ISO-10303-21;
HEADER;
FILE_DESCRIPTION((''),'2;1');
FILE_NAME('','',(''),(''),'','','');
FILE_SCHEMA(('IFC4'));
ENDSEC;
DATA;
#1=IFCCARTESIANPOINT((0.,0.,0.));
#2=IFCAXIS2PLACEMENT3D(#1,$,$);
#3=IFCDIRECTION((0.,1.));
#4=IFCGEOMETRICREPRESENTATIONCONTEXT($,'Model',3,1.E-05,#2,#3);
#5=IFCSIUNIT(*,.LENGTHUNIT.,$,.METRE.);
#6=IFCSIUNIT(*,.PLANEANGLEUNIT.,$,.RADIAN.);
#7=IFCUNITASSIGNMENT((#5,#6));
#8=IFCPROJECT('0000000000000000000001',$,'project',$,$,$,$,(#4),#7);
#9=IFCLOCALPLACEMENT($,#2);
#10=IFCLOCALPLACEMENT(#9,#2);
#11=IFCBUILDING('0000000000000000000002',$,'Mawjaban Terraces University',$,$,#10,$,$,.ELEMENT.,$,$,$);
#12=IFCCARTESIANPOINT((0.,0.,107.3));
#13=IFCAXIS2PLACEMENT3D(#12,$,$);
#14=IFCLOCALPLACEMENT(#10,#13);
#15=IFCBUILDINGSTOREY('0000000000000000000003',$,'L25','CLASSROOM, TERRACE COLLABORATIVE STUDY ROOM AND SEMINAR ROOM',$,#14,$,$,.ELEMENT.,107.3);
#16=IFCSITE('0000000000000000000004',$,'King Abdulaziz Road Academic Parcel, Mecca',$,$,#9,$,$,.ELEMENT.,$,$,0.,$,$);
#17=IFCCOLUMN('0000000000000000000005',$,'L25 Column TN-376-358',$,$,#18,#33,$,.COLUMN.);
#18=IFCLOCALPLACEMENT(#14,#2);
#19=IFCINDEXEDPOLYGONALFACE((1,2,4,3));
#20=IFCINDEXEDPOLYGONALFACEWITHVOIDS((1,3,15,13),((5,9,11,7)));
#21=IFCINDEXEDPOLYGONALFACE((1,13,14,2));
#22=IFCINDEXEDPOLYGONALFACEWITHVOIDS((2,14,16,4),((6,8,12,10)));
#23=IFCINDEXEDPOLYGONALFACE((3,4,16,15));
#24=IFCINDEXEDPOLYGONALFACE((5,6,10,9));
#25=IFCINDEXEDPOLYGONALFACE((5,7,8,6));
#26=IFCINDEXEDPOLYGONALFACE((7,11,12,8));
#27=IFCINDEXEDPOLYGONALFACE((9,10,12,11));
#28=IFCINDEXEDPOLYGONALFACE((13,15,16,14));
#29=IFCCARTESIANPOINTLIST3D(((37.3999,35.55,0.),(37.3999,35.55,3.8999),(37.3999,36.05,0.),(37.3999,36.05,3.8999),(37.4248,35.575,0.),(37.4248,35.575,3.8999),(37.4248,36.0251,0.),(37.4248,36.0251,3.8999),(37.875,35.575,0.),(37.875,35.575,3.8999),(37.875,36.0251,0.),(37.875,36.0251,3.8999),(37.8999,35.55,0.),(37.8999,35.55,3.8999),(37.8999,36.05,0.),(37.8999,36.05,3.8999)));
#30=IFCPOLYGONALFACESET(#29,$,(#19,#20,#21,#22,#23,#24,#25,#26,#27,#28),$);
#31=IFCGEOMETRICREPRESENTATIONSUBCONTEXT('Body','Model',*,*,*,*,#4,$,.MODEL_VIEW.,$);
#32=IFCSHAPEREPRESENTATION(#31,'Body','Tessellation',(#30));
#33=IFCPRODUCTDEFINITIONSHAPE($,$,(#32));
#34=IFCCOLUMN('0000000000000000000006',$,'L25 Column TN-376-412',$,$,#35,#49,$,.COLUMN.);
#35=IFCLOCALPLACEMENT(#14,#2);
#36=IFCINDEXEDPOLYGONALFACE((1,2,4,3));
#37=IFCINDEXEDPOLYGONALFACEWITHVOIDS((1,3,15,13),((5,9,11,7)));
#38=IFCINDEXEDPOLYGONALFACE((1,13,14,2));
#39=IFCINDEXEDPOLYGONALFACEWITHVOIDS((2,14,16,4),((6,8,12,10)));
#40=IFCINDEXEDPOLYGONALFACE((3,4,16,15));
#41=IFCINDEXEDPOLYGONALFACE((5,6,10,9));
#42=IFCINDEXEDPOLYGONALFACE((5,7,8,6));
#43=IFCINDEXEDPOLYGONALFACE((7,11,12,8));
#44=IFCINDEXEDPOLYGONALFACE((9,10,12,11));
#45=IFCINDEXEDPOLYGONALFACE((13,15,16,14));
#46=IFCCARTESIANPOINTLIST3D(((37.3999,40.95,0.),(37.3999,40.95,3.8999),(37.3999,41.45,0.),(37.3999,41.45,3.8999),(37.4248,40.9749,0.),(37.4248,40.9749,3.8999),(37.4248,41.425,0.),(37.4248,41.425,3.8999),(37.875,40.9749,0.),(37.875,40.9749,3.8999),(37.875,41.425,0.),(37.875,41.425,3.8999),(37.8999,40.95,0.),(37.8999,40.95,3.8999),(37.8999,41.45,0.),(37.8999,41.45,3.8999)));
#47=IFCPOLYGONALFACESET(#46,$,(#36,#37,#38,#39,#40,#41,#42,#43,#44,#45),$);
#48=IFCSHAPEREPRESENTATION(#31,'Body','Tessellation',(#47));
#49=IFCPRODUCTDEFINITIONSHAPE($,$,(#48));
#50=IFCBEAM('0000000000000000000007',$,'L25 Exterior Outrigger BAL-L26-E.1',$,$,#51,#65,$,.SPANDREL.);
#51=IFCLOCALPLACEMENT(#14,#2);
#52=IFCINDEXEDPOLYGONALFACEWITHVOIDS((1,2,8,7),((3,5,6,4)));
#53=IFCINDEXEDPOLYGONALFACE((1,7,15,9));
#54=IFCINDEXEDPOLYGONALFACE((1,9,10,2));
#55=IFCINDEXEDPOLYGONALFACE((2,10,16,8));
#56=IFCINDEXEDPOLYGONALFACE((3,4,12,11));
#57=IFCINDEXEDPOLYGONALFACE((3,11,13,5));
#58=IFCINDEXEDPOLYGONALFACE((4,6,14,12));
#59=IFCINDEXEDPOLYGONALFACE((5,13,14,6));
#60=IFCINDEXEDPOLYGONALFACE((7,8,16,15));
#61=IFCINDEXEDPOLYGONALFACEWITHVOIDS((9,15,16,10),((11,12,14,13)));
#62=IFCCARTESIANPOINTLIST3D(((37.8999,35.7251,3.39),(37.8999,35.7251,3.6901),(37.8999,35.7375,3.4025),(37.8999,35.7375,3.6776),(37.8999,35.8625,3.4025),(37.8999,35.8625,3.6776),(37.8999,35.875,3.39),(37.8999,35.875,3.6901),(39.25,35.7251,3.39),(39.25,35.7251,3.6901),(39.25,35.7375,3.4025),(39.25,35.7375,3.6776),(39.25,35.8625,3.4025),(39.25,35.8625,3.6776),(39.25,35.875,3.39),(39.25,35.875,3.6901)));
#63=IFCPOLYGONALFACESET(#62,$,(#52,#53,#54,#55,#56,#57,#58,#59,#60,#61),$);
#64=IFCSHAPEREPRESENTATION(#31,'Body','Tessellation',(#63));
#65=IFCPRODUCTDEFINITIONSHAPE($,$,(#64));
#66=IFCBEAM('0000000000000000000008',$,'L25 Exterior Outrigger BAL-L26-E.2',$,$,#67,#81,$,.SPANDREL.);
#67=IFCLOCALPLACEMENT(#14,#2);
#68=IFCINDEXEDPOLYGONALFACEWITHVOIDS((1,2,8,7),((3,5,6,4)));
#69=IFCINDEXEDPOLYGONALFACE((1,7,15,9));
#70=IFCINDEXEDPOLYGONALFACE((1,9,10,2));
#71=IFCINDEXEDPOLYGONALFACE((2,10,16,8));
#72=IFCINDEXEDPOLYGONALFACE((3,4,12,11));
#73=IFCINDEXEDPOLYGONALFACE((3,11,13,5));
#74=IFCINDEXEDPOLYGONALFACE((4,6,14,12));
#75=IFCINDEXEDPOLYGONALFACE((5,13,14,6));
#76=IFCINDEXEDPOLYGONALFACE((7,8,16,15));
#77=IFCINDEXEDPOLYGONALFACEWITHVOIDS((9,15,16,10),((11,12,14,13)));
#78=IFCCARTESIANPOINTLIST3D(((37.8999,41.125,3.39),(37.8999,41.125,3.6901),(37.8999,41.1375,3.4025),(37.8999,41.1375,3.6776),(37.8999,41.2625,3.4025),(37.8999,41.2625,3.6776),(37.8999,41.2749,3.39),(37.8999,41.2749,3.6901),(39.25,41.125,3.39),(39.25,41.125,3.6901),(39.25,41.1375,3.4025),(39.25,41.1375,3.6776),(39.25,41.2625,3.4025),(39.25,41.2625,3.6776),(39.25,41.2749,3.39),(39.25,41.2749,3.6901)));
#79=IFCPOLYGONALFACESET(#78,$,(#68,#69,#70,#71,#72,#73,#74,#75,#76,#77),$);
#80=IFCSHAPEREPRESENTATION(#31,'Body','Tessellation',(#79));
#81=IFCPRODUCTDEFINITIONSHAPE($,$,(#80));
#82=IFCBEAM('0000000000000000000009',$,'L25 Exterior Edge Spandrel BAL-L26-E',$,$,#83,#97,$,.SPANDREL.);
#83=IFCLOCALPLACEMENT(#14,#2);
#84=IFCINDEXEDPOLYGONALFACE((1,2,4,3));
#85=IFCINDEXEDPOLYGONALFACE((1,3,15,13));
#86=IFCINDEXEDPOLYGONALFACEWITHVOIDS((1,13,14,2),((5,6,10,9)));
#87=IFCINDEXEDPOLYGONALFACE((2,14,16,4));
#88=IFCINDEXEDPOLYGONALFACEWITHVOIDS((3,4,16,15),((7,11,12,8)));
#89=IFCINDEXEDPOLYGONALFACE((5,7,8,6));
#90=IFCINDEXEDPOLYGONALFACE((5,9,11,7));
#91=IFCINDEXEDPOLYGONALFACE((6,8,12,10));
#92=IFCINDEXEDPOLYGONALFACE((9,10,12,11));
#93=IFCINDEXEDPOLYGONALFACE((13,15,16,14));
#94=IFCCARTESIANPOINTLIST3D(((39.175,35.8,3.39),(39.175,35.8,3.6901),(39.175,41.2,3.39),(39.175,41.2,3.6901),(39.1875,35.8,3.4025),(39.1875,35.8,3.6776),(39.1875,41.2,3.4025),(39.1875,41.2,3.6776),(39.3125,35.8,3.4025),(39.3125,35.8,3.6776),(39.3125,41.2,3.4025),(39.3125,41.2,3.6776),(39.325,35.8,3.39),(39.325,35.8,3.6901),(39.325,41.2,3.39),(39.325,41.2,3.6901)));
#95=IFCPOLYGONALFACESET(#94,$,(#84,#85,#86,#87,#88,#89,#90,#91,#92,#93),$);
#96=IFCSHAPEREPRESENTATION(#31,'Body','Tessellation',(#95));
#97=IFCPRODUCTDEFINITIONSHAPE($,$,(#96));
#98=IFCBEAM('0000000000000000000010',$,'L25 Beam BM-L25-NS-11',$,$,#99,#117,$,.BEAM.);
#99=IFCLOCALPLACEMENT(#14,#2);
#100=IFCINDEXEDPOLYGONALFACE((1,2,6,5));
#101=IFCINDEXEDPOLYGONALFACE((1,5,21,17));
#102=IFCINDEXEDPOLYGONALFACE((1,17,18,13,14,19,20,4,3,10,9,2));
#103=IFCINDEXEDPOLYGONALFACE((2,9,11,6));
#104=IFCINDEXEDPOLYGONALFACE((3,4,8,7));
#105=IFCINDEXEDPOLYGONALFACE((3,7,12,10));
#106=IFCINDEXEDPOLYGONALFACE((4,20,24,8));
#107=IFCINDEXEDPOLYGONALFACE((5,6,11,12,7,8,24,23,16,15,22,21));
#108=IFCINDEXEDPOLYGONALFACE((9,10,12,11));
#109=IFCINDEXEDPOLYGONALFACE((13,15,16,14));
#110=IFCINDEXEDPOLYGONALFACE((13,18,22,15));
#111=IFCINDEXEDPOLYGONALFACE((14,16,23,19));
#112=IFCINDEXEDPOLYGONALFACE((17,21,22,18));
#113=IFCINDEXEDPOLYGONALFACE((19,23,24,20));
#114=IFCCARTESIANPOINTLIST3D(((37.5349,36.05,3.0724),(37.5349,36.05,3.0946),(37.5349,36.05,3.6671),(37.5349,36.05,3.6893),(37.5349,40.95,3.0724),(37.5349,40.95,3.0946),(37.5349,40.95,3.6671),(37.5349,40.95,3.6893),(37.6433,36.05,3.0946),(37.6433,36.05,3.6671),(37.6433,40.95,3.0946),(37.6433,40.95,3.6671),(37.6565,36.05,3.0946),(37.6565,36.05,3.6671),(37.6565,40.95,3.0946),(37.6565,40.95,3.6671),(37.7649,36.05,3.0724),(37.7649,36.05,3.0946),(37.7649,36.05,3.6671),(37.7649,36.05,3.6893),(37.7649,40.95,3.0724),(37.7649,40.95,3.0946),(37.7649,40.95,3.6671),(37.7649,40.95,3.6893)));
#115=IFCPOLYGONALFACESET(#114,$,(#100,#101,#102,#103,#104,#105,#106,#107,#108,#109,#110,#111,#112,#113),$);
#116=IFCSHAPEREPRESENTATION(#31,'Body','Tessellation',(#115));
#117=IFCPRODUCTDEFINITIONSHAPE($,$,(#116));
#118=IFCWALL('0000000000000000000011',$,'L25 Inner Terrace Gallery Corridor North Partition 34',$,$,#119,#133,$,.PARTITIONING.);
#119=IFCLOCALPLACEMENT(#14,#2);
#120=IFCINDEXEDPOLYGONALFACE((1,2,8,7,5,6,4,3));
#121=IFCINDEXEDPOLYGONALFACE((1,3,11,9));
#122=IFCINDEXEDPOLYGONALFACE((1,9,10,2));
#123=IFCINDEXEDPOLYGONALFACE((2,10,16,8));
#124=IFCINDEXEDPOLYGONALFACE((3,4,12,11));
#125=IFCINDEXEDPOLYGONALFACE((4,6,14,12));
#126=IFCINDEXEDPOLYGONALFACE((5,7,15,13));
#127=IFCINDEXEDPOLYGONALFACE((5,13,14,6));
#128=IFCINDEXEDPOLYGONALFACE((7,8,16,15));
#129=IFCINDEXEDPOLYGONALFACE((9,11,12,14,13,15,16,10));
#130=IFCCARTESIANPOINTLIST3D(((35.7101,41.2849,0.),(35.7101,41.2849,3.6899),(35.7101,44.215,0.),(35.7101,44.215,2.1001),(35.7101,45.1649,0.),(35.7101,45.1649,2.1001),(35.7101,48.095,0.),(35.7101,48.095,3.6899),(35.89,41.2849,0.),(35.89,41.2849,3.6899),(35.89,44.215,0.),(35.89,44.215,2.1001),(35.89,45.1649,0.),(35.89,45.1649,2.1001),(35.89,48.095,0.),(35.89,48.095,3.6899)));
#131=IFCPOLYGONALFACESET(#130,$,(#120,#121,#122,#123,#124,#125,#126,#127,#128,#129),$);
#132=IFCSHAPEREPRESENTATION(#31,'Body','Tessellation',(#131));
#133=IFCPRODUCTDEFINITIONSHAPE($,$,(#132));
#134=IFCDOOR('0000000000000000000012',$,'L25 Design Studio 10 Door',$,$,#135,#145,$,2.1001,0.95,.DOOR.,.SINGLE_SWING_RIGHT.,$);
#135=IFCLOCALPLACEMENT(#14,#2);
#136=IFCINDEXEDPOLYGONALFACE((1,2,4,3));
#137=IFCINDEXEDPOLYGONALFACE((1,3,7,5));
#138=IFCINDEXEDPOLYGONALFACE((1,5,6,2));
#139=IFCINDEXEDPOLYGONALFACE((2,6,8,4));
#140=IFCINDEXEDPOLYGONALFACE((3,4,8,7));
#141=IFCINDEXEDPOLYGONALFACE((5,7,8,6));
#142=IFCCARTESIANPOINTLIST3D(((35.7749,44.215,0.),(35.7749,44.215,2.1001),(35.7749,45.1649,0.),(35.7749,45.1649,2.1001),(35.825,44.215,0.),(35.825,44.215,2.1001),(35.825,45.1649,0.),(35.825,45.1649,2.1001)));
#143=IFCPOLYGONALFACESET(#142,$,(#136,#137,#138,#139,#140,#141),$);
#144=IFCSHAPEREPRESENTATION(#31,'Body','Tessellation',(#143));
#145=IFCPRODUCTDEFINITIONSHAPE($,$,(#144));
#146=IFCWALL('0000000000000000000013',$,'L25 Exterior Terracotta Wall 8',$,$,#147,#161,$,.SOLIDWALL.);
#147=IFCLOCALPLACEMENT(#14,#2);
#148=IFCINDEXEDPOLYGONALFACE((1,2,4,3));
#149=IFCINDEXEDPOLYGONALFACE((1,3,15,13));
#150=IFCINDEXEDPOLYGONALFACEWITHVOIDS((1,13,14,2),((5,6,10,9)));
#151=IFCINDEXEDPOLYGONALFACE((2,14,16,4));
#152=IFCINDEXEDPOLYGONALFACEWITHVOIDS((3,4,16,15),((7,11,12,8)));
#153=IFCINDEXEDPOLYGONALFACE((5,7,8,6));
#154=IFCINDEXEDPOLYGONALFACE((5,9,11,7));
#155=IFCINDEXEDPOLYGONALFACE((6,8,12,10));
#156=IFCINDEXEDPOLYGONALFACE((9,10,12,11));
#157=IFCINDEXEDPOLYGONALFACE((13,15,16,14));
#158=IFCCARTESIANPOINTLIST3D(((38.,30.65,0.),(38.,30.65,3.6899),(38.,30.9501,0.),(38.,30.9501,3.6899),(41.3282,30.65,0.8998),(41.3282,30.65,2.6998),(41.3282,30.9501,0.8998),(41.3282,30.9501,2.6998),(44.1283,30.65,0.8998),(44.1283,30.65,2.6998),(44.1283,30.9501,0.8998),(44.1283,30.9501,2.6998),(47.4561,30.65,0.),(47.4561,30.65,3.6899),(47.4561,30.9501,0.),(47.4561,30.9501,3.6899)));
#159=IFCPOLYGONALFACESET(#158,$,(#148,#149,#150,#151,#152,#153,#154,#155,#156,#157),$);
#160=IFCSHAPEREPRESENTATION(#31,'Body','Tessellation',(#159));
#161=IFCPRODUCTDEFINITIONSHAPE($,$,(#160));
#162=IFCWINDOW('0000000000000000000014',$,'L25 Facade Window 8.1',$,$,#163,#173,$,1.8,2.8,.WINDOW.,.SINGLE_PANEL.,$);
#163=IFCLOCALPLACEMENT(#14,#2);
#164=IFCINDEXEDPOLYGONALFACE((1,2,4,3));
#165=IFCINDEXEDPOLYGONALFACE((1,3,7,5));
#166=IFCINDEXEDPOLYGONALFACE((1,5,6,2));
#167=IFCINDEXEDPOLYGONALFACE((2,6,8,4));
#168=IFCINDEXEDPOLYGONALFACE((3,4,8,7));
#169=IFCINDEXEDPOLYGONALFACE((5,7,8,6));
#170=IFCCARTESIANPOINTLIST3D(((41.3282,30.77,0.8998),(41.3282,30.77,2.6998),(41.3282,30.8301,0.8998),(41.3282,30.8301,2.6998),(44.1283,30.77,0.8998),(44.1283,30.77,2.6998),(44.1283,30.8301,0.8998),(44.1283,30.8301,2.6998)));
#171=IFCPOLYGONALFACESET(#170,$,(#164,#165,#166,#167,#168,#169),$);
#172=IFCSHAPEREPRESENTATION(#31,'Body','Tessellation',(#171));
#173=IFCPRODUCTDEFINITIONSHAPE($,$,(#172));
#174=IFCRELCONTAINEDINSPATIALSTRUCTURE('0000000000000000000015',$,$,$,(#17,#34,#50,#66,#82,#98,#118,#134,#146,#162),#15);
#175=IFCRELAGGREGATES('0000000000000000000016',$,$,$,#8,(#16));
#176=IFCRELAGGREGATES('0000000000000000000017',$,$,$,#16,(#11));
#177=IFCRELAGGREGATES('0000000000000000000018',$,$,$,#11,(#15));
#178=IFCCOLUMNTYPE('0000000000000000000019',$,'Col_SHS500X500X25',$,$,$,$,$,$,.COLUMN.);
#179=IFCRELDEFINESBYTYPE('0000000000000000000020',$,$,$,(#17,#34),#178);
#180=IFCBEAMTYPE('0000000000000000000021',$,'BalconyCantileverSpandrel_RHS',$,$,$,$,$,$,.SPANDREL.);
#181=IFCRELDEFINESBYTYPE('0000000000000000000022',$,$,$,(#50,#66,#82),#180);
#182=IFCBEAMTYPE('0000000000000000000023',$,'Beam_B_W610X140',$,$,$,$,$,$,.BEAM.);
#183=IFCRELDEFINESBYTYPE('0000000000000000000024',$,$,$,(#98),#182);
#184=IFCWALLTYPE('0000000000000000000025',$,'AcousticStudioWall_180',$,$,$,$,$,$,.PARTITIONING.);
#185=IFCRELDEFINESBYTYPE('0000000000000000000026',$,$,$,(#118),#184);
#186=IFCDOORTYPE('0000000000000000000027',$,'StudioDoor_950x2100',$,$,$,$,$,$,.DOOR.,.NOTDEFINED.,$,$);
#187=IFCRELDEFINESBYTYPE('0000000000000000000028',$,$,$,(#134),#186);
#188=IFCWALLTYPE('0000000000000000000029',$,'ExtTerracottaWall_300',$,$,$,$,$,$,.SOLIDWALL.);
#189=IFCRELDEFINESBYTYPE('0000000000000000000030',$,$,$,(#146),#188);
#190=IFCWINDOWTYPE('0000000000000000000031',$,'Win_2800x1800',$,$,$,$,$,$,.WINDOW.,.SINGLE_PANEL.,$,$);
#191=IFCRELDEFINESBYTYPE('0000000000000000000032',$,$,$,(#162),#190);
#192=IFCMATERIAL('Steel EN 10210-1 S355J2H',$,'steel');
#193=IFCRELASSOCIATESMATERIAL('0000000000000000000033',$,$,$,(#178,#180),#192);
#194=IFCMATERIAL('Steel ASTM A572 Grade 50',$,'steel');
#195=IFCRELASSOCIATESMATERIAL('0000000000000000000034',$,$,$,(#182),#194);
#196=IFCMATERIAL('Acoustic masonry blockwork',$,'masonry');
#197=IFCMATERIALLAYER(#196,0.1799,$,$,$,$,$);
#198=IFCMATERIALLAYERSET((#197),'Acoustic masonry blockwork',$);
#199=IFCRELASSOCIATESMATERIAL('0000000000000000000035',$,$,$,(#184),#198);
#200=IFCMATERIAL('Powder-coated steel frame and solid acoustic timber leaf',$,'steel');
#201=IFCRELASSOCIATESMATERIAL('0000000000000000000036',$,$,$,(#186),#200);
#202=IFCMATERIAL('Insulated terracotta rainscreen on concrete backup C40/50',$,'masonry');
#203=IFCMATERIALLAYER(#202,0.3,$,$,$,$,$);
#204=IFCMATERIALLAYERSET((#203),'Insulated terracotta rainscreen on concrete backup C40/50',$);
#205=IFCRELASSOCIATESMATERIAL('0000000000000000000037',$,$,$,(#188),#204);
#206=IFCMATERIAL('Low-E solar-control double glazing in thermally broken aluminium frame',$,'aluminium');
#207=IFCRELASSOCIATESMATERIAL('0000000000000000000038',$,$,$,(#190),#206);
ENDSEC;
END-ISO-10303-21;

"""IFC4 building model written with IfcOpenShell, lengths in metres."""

from ifc_helpers import new_model, si_unit, direction, frame, frame_2d, origin, origin_2d, place, context, subcontext, project, spatial, rectangle, hollow_rectangle, i_section, extrude, material, layer, layer_set, material_profile, profile_set, type_object, element, fill, save


model = new_model("IFC4")

# Units and contexts
model_context = context("Model", 3, precision=1e-05, world=origin(), true_north=direction((0.0, 1.0)))
body_context = subcontext(model_context, "Body", "Model", "MODEL_VIEW")
ifc_project = project(units=[si_unit("LENGTHUNIT", "METRE"), si_unit("PLANEANGLEUNIT", "RADIAN")], contexts=[model_context])

# Site, building, storey
site_placement = place(None, origin())
site = spatial("IfcSite", under=ifc_project, at=site_placement, Name="King Abdulaziz Road Academic Parcel, Mecca", CompositionType="ELEMENT", RefElevation=0.0)
building_placement = place(site_placement, origin())
building = spatial("IfcBuilding", under=site, at=building_placement, Name="Mawjaban Terraces University", CompositionType="ELEMENT")
storey_placement = place(building_placement, frame((0.0, 0.0, 107.3)))
storey = spatial("IfcBuildingStorey", under=building, at=storey_placement, Name="L25", Description="CLASSROOM, TERRACE COLLABORATIVE STUDY ROOM AND SEMINAR ROOM", CompositionType="ELEMENT", Elevation=107.3)

# Columns
ifc_material_1 = material(Name="Steel EN 10210-1 S355J2H", Category="steel")
ifc_material_profile_1 = material_profile(ifc_material_1, hollow_rectangle(XDim=0.5, YDim=0.5, WallThickness=0.0249, at=origin_2d()), Name="SHS500X500X25")
ifc_profile_set_1 = profile_set([ifc_material_profile_1], Name="Steel EN 10210-1 S355J2H")
column_type = type_object("IfcColumnType", Name="Col_SHS500X500X25", PredefinedType="COLUMN", material=ifc_profile_set_1)
for number, where, z_axis, x_axis, name in (
    (1, (37.6499, 35.8, 0.0), (0.0, 0.0, 1.0), (1.0, 0.0, 0.0), "L25 Column TN-376-358"),
    (2, (37.6499, 41.2, 0.0), (0.0, 0.0, 1.0), (1.0, 0.0, 0.0), "L25 Column TN-376-412"),
):
    element("IfcColumn", number, at=place(storey_placement, frame(where, z_axis=z_axis, x_axis=x_axis)), inside=storey, type_object=column_type, Name=name, PredefinedType="COLUMN", context=body_context, shape_type="SweptSolid", body=[
        extrude(hollow_rectangle(XDim=0.5, YDim=0.5, WallThickness=0.0249, at=origin_2d()), origin(), (0.0, 0.0, 1.0), 3.8999),
    ])

# Beams
ifc_material_profile_2 = material_profile(ifc_material_1, hollow_rectangle(XDim=0.1499, YDim=0.3, WallThickness=0.0125, at=origin_2d()), Name="RHS300X150X12.5")
ifc_profile_set_2 = profile_set([ifc_material_profile_2], Name="Steel EN 10210-1 S355J2H")
beam_type_1 = type_object("IfcBeamType", Name="BalconyCantileverSpandrel_RHS", PredefinedType="SPANDREL", material=ifc_profile_set_2)
for number, where, z_axis, x_axis, name in (
    (3, (37.8999, 35.8, 3.54), (1.0, 0.0, 0.0), (0.0, 1.0, 0.0), "L25 Exterior Outrigger BAL-L26-E.1"),
    (4, (37.8999, 41.2, 3.54), (1.0, 0.0, 0.0), (0.0, 1.0, 0.0), "L25 Exterior Outrigger BAL-L26-E.2"),
):
    element("IfcBeam", number, at=place(storey_placement, frame(where, z_axis=z_axis, x_axis=x_axis)), inside=storey, type_object=beam_type_1, Name=name, PredefinedType="SPANDREL", context=body_context, shape_type="SweptSolid", body=[
        extrude(hollow_rectangle(XDim=0.1499, YDim=0.3, WallThickness=0.0125, at=origin_2d()), origin(), (0.0, 0.0, 1.0), 1.3501),
    ])
beam_1_placement = place(storey_placement, frame((39.25, 35.8, 3.54), z_axis=(0.0, 1.0, 0.0), x_axis=(-1.0, 0.0, 0.0)))
element("IfcBeam", 5, at=beam_1_placement, inside=storey, type_object=beam_type_1, Name="L25 Exterior Edge Spandrel BAL-L26-E", PredefinedType="SPANDREL", context=body_context, shape_type="SweptSolid", body=[
    extrude(hollow_rectangle(XDim=0.1499, YDim=0.3, WallThickness=0.0125, at=origin_2d()), origin(), (0.0, 0.0, 1.0), 5.3999),
])
ifc_material_2 = material(Name="Steel ASTM A572 Grade 50", Category="steel")
ifc_material_profile_3 = material_profile(ifc_material_2, i_section(OverallWidth=0.23, OverallDepth=0.6169, WebThickness=0.0132, FlangeThickness=0.0222, at=origin_2d()), Name="W610X140")
ifc_profile_set_3 = profile_set([ifc_material_profile_3], Name="Steel ASTM A572 Grade 50")
beam_type_2 = type_object("IfcBeamType", Name="Beam_B_W610X140", PredefinedType="BEAM", material=ifc_profile_set_3)
beam_2_placement = place(storey_placement, frame((37.6499, 36.05, 3.3809), z_axis=(0.0, 1.0, 0.0), x_axis=(-1.0, 0.0, 0.0)))
element("IfcBeam", 6, at=beam_2_placement, inside=storey, type_object=beam_type_2, Name="L25 Beam BM-L25-NS-11", PredefinedType="BEAM", context=body_context, shape_type="SweptSolid", body=[
    extrude(i_section(OverallWidth=0.23, OverallDepth=0.6169, WebThickness=0.0132, FlangeThickness=0.0222, at=origin_2d()), origin(), (0.0, 0.0, 1.0), 4.8999),
])

# Wall, opening, door
ifc_material_3 = material(Name="Acoustic masonry blockwork", Category="masonry")
ifc_layer_1 = layer(ifc_material_3, 0.1799)
ifc_layer_set_1 = layer_set([ifc_layer_1], Name="Acoustic masonry blockwork")
wall_type_1 = type_object("IfcWallType", Name="AcousticStudioWall_180", PredefinedType="PARTITIONING", material=ifc_layer_set_1)
wall_1_placement = place(storey_placement, frame((35.8, 48.095, 0.0), z_axis=(0.0, 0.0, 1.0), x_axis=(0.0, -1.0, 0.0)))
wall_1 = element("IfcWall", 7, at=wall_1_placement, inside=storey, type_object=wall_type_1, Name="L25 Inner Terrace Gallery Corridor North Partition 34", PredefinedType="PARTITIONING", context=body_context, shape_type="SweptSolid", body=[
    extrude(rectangle(XDim=6.8101, YDim=0.1799, at=frame_2d((3.405, 0.0))), origin(), (0.0, 0.0, 1.0), 3.6899),
])
opening_1_placement = place(wall_1_placement, frame((2.9299, 0.0, 0.0)))
opening_1 = element("IfcOpeningElement", 8, at=opening_1_placement, cuts=wall_1, PredefinedType="OPENING", context=body_context, shape_type="SweptSolid", body=[
    extrude(rectangle(XDim=0.95, YDim=2.1001, at=frame_2d((0.4751, 1.05))), frame((0.0, 0.0999, 0.0), z_axis=(0.0, -1.0, 0.0), x_axis=(1.0, 0.0, 0.0)), (0.0, 0.0, 1.0), 0.2),
])
ifc_material_4 = material(Name="Powder-coated steel frame and solid acoustic timber leaf", Category="steel")
door_type_1 = type_object("IfcDoorType", Name="StudioDoor_950x2100", OperationType="NOTDEFINED", PredefinedType="DOOR", material=ifc_material_4)
door_1_placement = place(opening_1_placement, origin())
door_1 = element("IfcDoor", 9, at=door_1_placement, inside=storey, type_object=door_type_1, Name="L25 Design Studio 10 Door", OperationType="SINGLE_SWING_RIGHT", OverallHeight=2.1001, OverallWidth=0.95, PredefinedType="DOOR", context=body_context, shape_type="SweptSolid", body=[
    extrude(rectangle(XDim=0.95, YDim=2.1001, at=frame_2d((0.4751, 1.05))), frame((0.0, 0.0249, 0.0), z_axis=(0.0, -1.0, 0.0), x_axis=(1.0, 0.0, 0.0)), (0.0, 0.0, 1.0), 0.05),
])
fill(opening_1, door_1)

# Wall, opening, window
ifc_material_5 = material(Name="Insulated terracotta rainscreen on concrete backup C40/50", Category="masonry")
ifc_layer_2 = layer(ifc_material_5, 0.3)
ifc_layer_set_2 = layer_set([ifc_layer_2], Name="Insulated terracotta rainscreen on concrete backup C40/50")
wall_type_2 = type_object("IfcWallType", Name="ExtTerracottaWall_300", PredefinedType="SOLIDWALL", material=ifc_layer_set_2)
wall_2_placement = place(storey_placement, frame((47.4561, 30.8, 0.0), z_axis=(0.0, 0.0, 1.0), x_axis=(-1.0, 0.0, 0.0)))
wall_2 = element("IfcWall", 10, at=wall_2_placement, inside=storey, type_object=wall_type_2, Name="L25 Exterior Terracotta Wall 8", PredefinedType="SOLIDWALL", context=body_context, shape_type="SweptSolid", body=[
    extrude(rectangle(XDim=9.4561, YDim=0.3, at=frame_2d((4.728, 0.0))), origin(), (0.0, 0.0, 1.0), 3.6899),
])
opening_2_placement = place(wall_2_placement, frame((3.3279, 0.0, 0.8999)))
opening_2 = element("IfcOpeningElement", 11, at=opening_2_placement, cuts=wall_2, PredefinedType="OPENING", context=body_context, shape_type="SweptSolid", body=[
    extrude(rectangle(XDim=2.8, YDim=1.8, at=frame_2d((1.3999, 0.8999))), frame((0.0, 0.1599, 0.0), z_axis=(0.0, -1.0, 0.0), x_axis=(1.0, 0.0, 0.0)), (0.0, 0.0, 1.0), 0.3201),
])
ifc_material_6 = material(Name="Low-E solar-control double glazing in thermally broken aluminium frame", Category="aluminium")
window_type_1 = type_object("IfcWindowType", Name="Win_2800x1800", PartitioningType="SINGLE_PANEL", PredefinedType="WINDOW", material=ifc_material_6)
window_1_placement = place(opening_2_placement, origin())
window_1 = element("IfcWindow", 12, at=window_1_placement, inside=storey, type_object=window_type_1, Name="L25 Facade Window 8.1", OverallHeight=1.8, OverallWidth=2.8, PartitioningType="SINGLE_PANEL", PredefinedType="WINDOW", context=body_context, shape_type="SweptSolid", body=[
    extrude(rectangle(XDim=2.8, YDim=1.8, at=frame_2d((1.3999, 0.8999))), frame((0.0, 0.03, 0.0), z_axis=(0.0, -1.0, 0.0), x_axis=(1.0, 0.0, 0.0)), (0.0, 0.0, 1.0), 0.0601),
])
fill(opening_2, window_1)

save(model, "model.ifc")
